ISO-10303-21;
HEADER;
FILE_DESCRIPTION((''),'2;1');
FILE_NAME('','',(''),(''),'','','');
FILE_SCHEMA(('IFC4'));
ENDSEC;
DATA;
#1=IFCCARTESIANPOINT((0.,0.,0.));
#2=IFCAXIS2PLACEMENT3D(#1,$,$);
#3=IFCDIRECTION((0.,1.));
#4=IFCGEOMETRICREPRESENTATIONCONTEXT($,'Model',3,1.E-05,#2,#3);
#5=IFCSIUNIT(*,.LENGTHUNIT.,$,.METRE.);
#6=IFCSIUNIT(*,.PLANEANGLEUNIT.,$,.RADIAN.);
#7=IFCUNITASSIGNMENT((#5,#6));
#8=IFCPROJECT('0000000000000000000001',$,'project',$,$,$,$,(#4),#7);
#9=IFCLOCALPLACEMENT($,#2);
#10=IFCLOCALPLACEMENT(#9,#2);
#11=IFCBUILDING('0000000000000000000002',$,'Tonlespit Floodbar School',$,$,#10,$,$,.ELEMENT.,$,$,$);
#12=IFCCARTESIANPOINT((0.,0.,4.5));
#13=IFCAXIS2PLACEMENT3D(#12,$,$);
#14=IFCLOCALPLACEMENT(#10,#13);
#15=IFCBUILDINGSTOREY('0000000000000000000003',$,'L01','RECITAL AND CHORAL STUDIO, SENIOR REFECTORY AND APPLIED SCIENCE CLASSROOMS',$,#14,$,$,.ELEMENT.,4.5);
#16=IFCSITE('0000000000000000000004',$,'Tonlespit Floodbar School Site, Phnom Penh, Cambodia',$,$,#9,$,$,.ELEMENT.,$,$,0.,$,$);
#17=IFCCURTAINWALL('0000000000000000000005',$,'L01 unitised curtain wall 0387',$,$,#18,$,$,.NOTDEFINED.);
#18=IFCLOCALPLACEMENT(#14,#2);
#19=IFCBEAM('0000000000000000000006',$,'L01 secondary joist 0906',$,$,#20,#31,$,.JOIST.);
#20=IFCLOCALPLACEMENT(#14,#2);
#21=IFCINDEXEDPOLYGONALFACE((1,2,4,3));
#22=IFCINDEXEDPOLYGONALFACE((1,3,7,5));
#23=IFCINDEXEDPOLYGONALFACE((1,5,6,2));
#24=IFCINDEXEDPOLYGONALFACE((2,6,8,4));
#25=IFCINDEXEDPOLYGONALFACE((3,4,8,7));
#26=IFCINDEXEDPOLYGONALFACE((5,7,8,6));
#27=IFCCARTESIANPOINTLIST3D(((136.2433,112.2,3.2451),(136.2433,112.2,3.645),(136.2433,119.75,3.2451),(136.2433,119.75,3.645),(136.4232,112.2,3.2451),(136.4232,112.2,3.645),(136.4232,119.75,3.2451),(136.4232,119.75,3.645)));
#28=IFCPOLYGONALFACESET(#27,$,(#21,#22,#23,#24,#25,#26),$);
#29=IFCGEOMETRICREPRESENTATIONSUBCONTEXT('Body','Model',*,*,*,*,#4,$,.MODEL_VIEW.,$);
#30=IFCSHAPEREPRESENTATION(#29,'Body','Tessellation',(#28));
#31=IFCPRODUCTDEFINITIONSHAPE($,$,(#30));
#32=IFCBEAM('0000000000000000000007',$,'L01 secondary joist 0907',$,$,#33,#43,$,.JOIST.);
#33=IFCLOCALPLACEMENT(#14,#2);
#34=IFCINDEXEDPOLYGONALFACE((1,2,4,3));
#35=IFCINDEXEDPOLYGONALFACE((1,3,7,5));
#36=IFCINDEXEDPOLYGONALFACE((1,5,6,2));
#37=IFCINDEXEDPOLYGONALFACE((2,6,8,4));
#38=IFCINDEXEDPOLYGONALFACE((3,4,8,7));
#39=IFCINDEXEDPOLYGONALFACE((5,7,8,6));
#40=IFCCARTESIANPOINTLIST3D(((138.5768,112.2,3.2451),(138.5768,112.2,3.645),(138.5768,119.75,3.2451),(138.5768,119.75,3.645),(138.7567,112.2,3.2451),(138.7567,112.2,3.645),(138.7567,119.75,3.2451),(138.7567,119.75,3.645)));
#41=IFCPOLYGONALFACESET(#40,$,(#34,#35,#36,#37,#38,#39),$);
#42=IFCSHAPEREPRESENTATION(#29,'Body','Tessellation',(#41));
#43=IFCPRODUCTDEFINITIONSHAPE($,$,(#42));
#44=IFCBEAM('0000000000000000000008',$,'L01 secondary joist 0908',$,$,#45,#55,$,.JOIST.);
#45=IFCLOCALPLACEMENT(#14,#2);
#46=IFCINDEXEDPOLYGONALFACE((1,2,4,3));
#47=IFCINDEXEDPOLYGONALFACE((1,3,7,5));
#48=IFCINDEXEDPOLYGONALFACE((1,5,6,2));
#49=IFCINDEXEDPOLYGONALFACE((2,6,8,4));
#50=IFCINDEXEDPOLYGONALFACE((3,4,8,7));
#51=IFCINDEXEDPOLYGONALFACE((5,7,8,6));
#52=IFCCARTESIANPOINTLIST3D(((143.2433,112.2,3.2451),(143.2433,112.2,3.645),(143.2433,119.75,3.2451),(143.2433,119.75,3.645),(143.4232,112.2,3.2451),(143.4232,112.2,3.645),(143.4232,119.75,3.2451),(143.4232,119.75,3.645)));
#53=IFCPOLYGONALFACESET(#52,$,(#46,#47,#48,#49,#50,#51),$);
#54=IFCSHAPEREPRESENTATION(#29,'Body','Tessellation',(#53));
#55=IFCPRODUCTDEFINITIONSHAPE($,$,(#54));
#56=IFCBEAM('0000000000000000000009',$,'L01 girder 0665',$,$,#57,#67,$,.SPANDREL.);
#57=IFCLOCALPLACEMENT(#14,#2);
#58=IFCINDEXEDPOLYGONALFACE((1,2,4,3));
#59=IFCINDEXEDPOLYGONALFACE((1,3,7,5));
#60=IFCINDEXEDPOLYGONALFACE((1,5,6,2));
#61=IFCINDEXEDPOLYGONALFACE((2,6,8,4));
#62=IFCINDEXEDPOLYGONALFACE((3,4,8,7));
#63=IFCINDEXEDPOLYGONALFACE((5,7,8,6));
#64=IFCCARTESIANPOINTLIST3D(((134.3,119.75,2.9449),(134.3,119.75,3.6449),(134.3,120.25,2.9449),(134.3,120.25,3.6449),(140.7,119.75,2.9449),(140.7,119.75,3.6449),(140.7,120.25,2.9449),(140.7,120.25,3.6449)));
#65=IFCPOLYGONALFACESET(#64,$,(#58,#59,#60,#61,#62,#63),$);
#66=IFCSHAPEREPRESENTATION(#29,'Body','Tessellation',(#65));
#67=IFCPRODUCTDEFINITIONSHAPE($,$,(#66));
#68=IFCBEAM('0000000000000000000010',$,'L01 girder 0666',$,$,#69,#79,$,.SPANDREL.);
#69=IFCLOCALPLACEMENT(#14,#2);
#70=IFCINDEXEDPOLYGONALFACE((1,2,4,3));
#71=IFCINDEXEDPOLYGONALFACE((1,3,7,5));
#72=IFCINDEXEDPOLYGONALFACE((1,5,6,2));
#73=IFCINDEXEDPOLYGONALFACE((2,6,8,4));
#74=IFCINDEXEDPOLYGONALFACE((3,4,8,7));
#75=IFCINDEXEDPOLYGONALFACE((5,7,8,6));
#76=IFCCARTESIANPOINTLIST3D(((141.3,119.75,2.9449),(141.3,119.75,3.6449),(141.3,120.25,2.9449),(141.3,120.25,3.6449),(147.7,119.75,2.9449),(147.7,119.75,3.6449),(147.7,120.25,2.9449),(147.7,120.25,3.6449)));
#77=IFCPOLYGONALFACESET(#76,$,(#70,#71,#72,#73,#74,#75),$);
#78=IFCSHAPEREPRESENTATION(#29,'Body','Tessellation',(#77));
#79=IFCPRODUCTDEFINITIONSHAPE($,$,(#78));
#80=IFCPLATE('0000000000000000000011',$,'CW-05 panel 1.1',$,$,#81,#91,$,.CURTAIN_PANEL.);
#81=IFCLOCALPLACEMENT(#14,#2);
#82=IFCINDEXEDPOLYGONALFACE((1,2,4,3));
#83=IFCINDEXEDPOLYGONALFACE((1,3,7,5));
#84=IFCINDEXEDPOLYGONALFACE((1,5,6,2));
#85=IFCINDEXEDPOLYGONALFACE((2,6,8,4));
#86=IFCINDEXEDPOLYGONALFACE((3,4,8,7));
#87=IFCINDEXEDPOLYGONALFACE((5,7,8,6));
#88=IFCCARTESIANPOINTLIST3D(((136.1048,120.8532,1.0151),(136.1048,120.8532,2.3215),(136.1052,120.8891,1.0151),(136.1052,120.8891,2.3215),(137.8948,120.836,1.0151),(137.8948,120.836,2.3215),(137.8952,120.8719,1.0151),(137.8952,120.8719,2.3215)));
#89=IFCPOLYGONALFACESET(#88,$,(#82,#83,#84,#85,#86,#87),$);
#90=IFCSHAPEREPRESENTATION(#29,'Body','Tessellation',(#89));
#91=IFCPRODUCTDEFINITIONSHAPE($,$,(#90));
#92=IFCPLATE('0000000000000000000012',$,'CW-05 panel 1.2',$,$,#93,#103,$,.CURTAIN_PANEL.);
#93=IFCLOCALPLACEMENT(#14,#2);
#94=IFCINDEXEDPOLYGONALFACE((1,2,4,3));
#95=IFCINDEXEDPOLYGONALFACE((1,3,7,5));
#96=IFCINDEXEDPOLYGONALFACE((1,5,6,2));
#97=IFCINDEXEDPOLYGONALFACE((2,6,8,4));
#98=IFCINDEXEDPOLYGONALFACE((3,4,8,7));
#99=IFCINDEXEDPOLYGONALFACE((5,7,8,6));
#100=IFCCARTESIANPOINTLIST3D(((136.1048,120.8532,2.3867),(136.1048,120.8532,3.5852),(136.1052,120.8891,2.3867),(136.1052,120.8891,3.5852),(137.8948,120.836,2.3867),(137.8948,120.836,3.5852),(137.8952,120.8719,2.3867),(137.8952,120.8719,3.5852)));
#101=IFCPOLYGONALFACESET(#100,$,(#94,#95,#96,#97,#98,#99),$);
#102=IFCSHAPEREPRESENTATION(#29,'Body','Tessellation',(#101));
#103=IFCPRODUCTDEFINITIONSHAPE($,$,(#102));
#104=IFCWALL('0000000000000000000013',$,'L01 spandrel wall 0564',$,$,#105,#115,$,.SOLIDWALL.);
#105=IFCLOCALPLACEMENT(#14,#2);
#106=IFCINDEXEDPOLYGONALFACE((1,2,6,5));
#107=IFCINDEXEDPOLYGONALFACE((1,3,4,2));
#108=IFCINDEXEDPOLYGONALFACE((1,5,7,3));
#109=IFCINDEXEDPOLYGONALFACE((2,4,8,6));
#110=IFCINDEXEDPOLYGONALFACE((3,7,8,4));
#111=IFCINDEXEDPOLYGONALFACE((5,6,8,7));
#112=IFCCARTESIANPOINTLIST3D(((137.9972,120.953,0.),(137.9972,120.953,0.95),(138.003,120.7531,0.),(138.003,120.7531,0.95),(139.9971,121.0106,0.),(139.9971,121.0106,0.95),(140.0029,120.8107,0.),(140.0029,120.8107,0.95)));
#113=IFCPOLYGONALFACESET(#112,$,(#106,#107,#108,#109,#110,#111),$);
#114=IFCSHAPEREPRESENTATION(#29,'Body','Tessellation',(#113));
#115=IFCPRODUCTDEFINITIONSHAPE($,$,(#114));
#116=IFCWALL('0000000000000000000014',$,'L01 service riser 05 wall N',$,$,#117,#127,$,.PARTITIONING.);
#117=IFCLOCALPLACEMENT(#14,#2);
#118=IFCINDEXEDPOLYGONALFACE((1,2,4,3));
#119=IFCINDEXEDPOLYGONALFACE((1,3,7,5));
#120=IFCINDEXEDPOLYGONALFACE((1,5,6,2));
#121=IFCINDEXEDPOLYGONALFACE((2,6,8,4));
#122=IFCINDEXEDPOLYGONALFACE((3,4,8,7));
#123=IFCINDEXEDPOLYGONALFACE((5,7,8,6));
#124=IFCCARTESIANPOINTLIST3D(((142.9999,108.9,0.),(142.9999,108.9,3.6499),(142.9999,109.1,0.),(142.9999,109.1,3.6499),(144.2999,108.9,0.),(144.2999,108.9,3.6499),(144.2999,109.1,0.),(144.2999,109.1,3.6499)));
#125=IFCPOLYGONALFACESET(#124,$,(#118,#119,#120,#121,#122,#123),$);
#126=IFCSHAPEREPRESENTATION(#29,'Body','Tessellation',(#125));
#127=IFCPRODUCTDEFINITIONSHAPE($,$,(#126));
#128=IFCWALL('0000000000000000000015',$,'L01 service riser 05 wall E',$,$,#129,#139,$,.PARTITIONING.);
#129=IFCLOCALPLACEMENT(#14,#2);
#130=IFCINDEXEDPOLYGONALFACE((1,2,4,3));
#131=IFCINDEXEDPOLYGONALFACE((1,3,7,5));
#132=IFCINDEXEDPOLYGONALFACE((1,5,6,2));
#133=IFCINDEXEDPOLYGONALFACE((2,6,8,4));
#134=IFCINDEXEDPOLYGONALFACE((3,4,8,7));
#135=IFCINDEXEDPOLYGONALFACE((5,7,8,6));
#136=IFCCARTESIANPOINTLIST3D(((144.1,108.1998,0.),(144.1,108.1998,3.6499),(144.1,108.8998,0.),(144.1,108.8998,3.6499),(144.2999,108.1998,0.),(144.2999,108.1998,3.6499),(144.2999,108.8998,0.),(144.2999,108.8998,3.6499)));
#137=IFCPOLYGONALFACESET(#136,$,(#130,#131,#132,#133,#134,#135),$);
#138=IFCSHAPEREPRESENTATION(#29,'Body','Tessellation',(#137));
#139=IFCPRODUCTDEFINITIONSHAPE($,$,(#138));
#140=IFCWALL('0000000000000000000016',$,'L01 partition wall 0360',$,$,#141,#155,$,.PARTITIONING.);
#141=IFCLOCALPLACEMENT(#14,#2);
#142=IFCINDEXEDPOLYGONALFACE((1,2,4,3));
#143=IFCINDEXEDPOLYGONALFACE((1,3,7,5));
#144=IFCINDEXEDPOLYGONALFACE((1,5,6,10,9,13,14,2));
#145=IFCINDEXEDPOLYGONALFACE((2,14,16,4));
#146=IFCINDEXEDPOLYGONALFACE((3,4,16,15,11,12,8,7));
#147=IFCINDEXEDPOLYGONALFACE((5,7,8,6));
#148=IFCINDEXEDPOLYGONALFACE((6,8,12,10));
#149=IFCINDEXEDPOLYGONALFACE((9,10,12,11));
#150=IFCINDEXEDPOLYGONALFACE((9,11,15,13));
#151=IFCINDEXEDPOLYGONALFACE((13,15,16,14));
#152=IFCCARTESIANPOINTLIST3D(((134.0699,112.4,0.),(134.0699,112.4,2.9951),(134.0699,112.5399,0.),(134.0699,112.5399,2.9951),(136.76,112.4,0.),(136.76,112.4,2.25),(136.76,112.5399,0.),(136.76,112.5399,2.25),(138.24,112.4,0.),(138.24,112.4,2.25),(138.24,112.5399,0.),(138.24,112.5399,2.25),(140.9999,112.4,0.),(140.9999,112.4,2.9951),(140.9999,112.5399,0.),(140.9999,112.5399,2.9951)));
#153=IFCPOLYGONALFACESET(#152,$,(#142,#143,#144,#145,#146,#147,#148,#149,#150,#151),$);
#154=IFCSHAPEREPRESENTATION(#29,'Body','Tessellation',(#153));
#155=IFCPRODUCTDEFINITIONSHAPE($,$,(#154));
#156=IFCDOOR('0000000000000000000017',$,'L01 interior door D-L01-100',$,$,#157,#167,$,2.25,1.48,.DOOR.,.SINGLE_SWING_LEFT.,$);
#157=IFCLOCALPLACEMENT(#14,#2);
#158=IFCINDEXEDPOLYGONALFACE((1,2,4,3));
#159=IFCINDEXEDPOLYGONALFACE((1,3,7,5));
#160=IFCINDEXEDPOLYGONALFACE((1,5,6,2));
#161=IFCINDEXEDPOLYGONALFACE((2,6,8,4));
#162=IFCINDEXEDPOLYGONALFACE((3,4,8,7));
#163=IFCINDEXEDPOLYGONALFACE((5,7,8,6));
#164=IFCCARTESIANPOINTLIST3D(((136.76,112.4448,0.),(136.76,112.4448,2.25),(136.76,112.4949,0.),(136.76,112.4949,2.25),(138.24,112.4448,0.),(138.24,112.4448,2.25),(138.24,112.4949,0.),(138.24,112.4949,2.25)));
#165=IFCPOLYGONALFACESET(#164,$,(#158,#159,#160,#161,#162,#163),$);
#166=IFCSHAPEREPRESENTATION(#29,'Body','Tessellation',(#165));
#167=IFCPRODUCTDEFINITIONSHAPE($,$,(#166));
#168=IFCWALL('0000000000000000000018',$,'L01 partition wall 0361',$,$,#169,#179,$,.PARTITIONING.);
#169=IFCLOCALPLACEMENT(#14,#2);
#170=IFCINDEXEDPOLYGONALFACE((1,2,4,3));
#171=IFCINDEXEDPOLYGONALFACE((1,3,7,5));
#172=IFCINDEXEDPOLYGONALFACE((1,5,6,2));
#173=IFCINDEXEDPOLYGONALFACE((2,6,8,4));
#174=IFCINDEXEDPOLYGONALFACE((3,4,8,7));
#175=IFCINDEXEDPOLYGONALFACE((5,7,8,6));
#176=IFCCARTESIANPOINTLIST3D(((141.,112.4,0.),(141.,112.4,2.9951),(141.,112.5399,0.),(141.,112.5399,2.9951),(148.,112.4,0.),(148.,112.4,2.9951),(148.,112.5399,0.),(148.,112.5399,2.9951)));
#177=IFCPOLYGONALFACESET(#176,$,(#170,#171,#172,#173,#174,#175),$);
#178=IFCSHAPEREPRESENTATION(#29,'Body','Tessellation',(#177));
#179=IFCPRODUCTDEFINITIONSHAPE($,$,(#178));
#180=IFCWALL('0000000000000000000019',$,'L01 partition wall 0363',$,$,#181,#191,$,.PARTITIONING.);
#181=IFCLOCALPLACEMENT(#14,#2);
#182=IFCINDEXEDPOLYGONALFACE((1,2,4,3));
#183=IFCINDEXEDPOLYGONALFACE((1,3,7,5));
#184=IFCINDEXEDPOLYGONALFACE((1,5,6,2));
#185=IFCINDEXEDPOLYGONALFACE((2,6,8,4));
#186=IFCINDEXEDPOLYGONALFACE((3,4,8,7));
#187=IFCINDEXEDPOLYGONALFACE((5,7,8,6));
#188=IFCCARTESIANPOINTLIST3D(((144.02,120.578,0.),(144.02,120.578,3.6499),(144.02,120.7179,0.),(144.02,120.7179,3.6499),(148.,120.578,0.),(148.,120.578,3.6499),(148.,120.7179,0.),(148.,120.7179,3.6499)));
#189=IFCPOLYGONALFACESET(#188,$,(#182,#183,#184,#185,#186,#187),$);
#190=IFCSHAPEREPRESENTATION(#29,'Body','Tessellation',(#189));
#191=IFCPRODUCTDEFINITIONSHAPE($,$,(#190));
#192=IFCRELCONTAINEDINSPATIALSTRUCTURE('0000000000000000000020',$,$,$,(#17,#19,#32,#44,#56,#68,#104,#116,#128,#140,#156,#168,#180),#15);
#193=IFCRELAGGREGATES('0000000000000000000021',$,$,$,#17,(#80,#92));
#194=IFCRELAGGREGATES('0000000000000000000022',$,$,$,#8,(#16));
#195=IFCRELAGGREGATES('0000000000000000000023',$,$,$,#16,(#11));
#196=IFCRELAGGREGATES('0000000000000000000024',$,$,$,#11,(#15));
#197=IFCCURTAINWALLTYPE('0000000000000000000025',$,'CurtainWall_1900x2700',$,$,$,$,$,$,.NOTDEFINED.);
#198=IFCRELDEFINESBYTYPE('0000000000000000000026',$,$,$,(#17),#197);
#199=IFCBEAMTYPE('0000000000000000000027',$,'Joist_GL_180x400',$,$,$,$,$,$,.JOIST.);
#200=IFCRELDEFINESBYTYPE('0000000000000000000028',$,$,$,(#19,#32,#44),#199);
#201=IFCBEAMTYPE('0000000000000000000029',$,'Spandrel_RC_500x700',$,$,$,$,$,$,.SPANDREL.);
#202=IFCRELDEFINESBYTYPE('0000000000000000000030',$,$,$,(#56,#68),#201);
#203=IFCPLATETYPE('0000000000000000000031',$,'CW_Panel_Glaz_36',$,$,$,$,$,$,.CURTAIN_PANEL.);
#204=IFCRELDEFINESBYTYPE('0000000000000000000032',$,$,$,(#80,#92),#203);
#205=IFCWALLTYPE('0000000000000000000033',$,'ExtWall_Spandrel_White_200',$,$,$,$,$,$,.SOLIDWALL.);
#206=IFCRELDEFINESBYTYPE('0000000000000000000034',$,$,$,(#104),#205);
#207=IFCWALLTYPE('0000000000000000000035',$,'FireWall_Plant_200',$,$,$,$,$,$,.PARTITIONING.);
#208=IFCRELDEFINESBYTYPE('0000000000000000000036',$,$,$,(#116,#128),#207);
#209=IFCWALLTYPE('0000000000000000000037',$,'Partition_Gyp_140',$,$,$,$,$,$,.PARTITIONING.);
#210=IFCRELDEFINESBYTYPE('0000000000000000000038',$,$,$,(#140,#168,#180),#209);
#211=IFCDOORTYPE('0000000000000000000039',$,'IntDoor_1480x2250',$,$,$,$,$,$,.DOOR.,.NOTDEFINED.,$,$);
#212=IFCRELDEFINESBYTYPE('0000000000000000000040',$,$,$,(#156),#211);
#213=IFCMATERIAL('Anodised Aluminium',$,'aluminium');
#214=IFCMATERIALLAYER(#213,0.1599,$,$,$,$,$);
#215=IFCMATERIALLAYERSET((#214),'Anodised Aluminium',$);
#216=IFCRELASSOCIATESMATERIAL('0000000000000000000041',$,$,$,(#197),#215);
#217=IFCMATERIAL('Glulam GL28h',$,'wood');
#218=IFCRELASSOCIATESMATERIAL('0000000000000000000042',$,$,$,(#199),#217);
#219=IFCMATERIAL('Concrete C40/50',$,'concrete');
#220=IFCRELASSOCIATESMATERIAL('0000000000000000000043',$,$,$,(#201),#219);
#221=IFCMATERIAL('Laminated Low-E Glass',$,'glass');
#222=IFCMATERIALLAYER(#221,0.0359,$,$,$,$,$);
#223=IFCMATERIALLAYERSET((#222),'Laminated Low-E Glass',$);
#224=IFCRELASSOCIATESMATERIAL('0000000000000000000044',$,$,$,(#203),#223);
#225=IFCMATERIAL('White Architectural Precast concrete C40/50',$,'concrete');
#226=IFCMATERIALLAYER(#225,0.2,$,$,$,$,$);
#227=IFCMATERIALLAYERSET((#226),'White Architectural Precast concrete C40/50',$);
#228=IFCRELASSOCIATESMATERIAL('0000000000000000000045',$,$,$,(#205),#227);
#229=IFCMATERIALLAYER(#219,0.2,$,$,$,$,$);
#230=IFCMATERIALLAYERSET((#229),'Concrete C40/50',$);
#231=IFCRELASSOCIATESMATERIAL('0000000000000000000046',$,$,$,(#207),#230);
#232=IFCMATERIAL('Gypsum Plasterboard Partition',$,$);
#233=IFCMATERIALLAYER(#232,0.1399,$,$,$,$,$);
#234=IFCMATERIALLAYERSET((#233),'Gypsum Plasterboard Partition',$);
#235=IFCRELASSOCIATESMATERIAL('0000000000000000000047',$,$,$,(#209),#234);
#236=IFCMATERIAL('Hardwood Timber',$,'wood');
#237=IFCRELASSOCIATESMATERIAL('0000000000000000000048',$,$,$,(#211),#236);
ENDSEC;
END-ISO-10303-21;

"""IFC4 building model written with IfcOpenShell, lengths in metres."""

from ifc_helpers import new_model, si_unit, direction, frame, frame_2d, origin, origin_2d, place, context, subcontext, project, spatial, rectangle, extrude, material, layer, layer_set, material_profile, profile_set, type_object, element, fill, aggregate, save


model = new_model("IFC4")

# Units and contexts
model_context = context("Model", 3, precision=1e-05, world=origin(), true_north=direction((0.0, 1.0)))
body_context = subcontext(model_context, "Body", "Model", "MODEL_VIEW")
ifc_project = project(units=[si_unit("LENGTHUNIT", "METRE"), si_unit("PLANEANGLEUNIT", "RADIAN")], contexts=[model_context])

# Site, building, storey
site_placement = place(None, origin())
site = spatial("IfcSite", under=ifc_project, at=site_placement, Name="Tonlespit Floodbar School Site, Phnom Penh, Cambodia", CompositionType="ELEMENT", RefElevation=0.0)
building_placement = place(site_placement, origin())
building = spatial("IfcBuilding", under=site, at=building_placement, Name="Tonlespit Floodbar School", CompositionType="ELEMENT")
storey_placement = place(building_placement, frame((0.0, 0.0, 4.5)))
storey = spatial("IfcBuildingStorey", under=building, at=storey_placement, Name="L01", Description="RECITAL AND CHORAL STUDIO, SENIOR REFECTORY AND APPLIED SCIENCE CLASSROOMS", CompositionType="ELEMENT", Elevation=4.5)

# Shared definitions
ifc_material_1 = material(Name="Concrete C40/50", Category="concrete")

# Curtain wall
ifc_material_2 = material(Name="Anodised Aluminium", Category="aluminium")
ifc_layer_1 = layer(ifc_material_2, 0.1599)
ifc_layer_set_1 = layer_set([ifc_layer_1], Name="Anodised Aluminium")
curtain_wall_type = type_object("IfcCurtainWallType", Name="CurtainWall_1900x2700", PredefinedType="NOTDEFINED", material=ifc_layer_set_1)
curtain_wall_1_placement = place(storey_placement, origin())
curtain_wall_1 = element("IfcCurtainWall", 1, at=curtain_wall_1_placement, inside=storey, type_object=curtain_wall_type, Name="L01 unitised curtain wall 0387", PredefinedType="NOTDEFINED")

# Beams
ifc_material_3 = material(Name="Glulam GL28h", Category="wood")
ifc_material_profile_1 = material_profile(ifc_material_3, rectangle(XDim=0.1799, YDim=0.3999, at=origin_2d()), Name="GL 180x400")
ifc_profile_set_1 = profile_set([ifc_material_profile_1], Name="Glulam GL28h")
beam_type_1 = type_object("IfcBeamType", Name="Joist_GL_180x400", PredefinedType="JOIST", material=ifc_profile_set_1)
for number, where, z_axis, x_axis, name in (
    (2, (136.3333, 112.2, 3.4451), (0.0, 1.0, 0.0), (-1.0, 0.0, 0.0), "L01 secondary joist 0906"),
    (3, (138.6667, 112.2, 3.4451), (0.0, 1.0, 0.0), (-1.0, 0.0, 0.0), "L01 secondary joist 0907"),
    (4, (143.3333, 112.2, 3.4451), (0.0, 1.0, 0.0), (-1.0, 0.0, 0.0), "L01 secondary joist 0908"),
):
    element("IfcBeam", number, at=place(storey_placement, frame(where, z_axis=z_axis, x_axis=x_axis)), inside=storey, type_object=beam_type_1, Name=name, PredefinedType="JOIST", context=body_context, shape_type="SweptSolid", body=[
        extrude(rectangle(XDim=0.1799, YDim=0.3999, at=origin_2d()), origin(), (0.0, 0.0, 1.0), 7.55),
    ])
ifc_material_profile_2 = material_profile(ifc_material_1, rectangle(XDim=0.5, YDim=0.7, at=origin_2d()), Name="RC 500x700")
ifc_profile_set_2 = profile_set([ifc_material_profile_2], Name="Concrete C40/50")
beam_type_2 = type_object("IfcBeamType", Name="Spandrel_RC_500x700", PredefinedType="SPANDREL", material=ifc_profile_set_2)
for number, where, z_axis, x_axis, name in (
    (5, (134.3, 120.0, 3.2949), (1.0, 0.0, 0.0), (0.0, 1.0, 0.0), "L01 girder 0665"),
    (6, (141.3, 120.0, 3.2949), (1.0, 0.0, 0.0), (0.0, 1.0, 0.0), "L01 girder 0666"),
):
    element("IfcBeam", number, at=place(storey_placement, frame(where, z_axis=z_axis, x_axis=x_axis)), inside=storey, type_object=beam_type_2, Name=name, PredefinedType="SPANDREL", context=body_context, shape_type="SweptSolid", body=[
        extrude(rectangle(XDim=0.5, YDim=0.7, at=origin_2d()), origin(), (0.0, 0.0, 1.0), 6.3999),
    ])

# Plates
ifc_material_4 = material(Name="Laminated Low-E Glass", Category="glass")
ifc_layer_2 = layer(ifc_material_4, 0.0359)
ifc_layer_set_2 = layer_set([ifc_layer_2], Name="Laminated Low-E Glass")
plate_type = type_object("IfcPlateType", Name="CW_Panel_Glaz_36", PredefinedType="CURTAIN_PANEL", material=ifc_layer_set_2)
plate_1_placement = place(storey_placement, frame((137.0, 120.8625, 1.0151), z_axis=(0.0, 0.0, 1.0), x_axis=(0.999954, -0.009583, 0.0)))
plate_1 = element("IfcPlate", 7, at=plate_1_placement, type_object=plate_type, Name="CW-05 panel 1.1", PredefinedType="CURTAIN_PANEL", context=body_context, shape_type="SweptSolid", body=[
    extrude(rectangle(XDim=1.79, YDim=0.0359, at=origin_2d()), origin(), (0.0, 0.0, 1.0), 1.3064),
])
plate_2_placement = place(storey_placement, frame((137.0, 120.8625, 2.3867), z_axis=(0.0, 0.0, 1.0), x_axis=(0.999954, -0.009583, 0.0)))
plate_2 = element("IfcPlate", 8, at=plate_2_placement, type_object=plate_type, Name="CW-05 panel 1.2", PredefinedType="CURTAIN_PANEL", context=body_context, shape_type="SweptSolid", body=[
    extrude(rectangle(XDim=1.79, YDim=0.0359, at=origin_2d()), origin(), (0.0, 0.0, 1.0), 1.1985),
])
aggregate(curtain_wall_1, [plate_1, plate_2])

# Walls
ifc_material_5 = material(Name="White Architectural Precast concrete C40/50", Category="concrete")
ifc_layer_3 = layer(ifc_material_5, 0.2)
ifc_layer_set_3 = layer_set([ifc_layer_3], Name="White Architectural Precast concrete C40/50")
wall_type_1 = type_object("IfcWallType", Name="ExtWall_Spandrel_White_200", PredefinedType="SOLIDWALL", material=ifc_layer_set_3)
wall_1_placement = place(storey_placement, frame((138.0, 120.853, 0.0), z_axis=(0.0, 0.0, 1.0), x_axis=(0.999585, 0.028797, 0.0)))
element("IfcWall", 9, at=wall_1_placement, inside=storey, type_object=wall_type_1, Name="L01 spandrel wall 0564", PredefinedType="SOLIDWALL", context=body_context, shape_type="SweptSolid", body=[
    extrude(rectangle(XDim=2.0007, YDim=0.2, at=frame_2d((1.0005, 0.0))), origin(), (0.0, 0.0, 1.0), 0.95),
])
ifc_layer_4 = layer(ifc_material_1, 0.2)
ifc_layer_set_4 = layer_set([ifc_layer_4], Name="Concrete C40/50")
wall_type_2 = type_object("IfcWallType", Name="FireWall_Plant_200", PredefinedType="PARTITIONING", material=ifc_layer_set_4)
wall_2_placement = place(storey_placement, frame((143.0, 109.0, 0.0), z_axis=(0.0, 0.0, 1.0), x_axis=(1.0, 0.0, 0.0)))
element("IfcWall", 10, at=wall_2_placement, inside=storey, type_object=wall_type_2, Name="L01 service riser 05 wall N", PredefinedType="PARTITIONING", context=body_context, shape_type="SweptSolid", body=[
    extrude(rectangle(XDim=1.3, YDim=0.2, at=frame_2d((0.6499, 0.0))), origin(), (0.0, 0.0, 1.0), 3.6499),
])
wall_3_placement = place(storey_placement, frame((144.2, 108.8999, 0.0), z_axis=(0.0, 0.0, 1.0), x_axis=(0.0, -1.0, 0.0)))
element("IfcWall", 11, at=wall_3_placement, inside=storey, type_object=wall_type_2, Name="L01 service riser 05 wall E", PredefinedType="PARTITIONING", context=body_context, shape_type="SweptSolid", body=[
    extrude(rectangle(XDim=0.7, YDim=0.2, at=frame_2d((0.3501, 0.0))), origin(), (0.0, 0.0, 1.0), 3.6499),
])

# Wall, opening, door
ifc_material_6 = material(Name="Gypsum Plasterboard Partition")
ifc_layer_5 = layer(ifc_material_6, 0.1399)
ifc_layer_set_5 = layer_set([ifc_layer_5], Name="Gypsum Plasterboard Partition")
wall_type_3 = type_object("IfcWallType", Name="Partition_Gyp_140", PredefinedType="PARTITIONING", material=ifc_layer_set_5)
wall_4_placement = place(storey_placement, frame((134.0701, 112.47, 0.0), z_axis=(0.0, 0.0, 1.0), x_axis=(1.0, 0.0, 0.0)))
wall_4 = element("IfcWall", 12, at=wall_4_placement, inside=storey, type_object=wall_type_3, Name="L01 partition wall 0360", PredefinedType="PARTITIONING", context=body_context, shape_type="SweptSolid", body=[
    extrude(rectangle(XDim=6.9299, YDim=0.1399, at=frame_2d((3.4648, 0.0))), origin(), (0.0, 0.0, 1.0), 2.9951),
])
opening_placement = place(wall_4_placement, frame((2.6899, 0.0, 0.0)))
opening = element("IfcOpeningElement", 13, at=opening_placement, cuts=wall_4, PredefinedType="OPENING", context=body_context, shape_type="SweptSolid", body=[
    extrude(rectangle(XDim=1.48, YDim=2.25, at=frame_2d((0.74, 1.125))), frame((0.0, 0.0798, 0.0), z_axis=(0.0, -1.0, 0.0), x_axis=(1.0, 0.0, 0.0)), (0.0, 0.0, 1.0), 0.1599),
])
ifc_material_7 = material(Name="Hardwood Timber", Category="wood")
door_type = type_object("IfcDoorType", Name="IntDoor_1480x2250", OperationType="NOTDEFINED", PredefinedType="DOOR", material=ifc_material_7)
door_placement = place(opening_placement, origin())
door = element("IfcDoor", 14, at=door_placement, inside=storey, type_object=door_type, Name="L01 interior door D-L01-100", OperationType="SINGLE_SWING_LEFT", OverallHeight=2.25, OverallWidth=1.48, PredefinedType="DOOR", context=body_context, shape_type="SweptSolid", body=[
    extrude(rectangle(XDim=1.48, YDim=2.25, at=frame_2d((0.74, 1.125))), frame((0.0, 0.0249, 0.0), z_axis=(0.0, -1.0, 0.0), x_axis=(1.0, 0.0, 0.0)), (0.0, 0.0, 1.0), 0.05),
])
fill(opening, door)

# Walls
wall_5_placement = place(storey_placement, frame((141.0, 112.47, 0.0), z_axis=(0.0, 0.0, 1.0), x_axis=(1.0, 0.0, 0.0)))
element("IfcWall", 15, at=wall_5_placement, inside=storey, type_object=wall_type_3, Name="L01 partition wall 0361", PredefinedType="PARTITIONING", context=body_context, shape_type="SweptSolid", body=[
    extrude(rectangle(XDim=7.0, YDim=0.1399, at=frame_2d((3.5, 0.0))), origin(), (0.0, 0.0, 1.0), 2.9951),
])
wall_6_placement = place(storey_placement, frame((144.02, 120.6479, 0.0), z_axis=(0.0, 0.0, 1.0), x_axis=(1.0, 0.0, 0.0)))
element("IfcWall", 16, at=wall_6_placement, inside=storey, type_object=wall_type_3, Name="L01 partition wall 0363", PredefinedType="PARTITIONING", context=body_context, shape_type="SweptSolid", body=[
    extrude(rectangle(XDim=3.98, YDim=0.1399, at=frame_2d((1.99, 0.0))), origin(), (0.0, 0.0, 1.0), 3.6499),
])

save(model, "model.ifc")
